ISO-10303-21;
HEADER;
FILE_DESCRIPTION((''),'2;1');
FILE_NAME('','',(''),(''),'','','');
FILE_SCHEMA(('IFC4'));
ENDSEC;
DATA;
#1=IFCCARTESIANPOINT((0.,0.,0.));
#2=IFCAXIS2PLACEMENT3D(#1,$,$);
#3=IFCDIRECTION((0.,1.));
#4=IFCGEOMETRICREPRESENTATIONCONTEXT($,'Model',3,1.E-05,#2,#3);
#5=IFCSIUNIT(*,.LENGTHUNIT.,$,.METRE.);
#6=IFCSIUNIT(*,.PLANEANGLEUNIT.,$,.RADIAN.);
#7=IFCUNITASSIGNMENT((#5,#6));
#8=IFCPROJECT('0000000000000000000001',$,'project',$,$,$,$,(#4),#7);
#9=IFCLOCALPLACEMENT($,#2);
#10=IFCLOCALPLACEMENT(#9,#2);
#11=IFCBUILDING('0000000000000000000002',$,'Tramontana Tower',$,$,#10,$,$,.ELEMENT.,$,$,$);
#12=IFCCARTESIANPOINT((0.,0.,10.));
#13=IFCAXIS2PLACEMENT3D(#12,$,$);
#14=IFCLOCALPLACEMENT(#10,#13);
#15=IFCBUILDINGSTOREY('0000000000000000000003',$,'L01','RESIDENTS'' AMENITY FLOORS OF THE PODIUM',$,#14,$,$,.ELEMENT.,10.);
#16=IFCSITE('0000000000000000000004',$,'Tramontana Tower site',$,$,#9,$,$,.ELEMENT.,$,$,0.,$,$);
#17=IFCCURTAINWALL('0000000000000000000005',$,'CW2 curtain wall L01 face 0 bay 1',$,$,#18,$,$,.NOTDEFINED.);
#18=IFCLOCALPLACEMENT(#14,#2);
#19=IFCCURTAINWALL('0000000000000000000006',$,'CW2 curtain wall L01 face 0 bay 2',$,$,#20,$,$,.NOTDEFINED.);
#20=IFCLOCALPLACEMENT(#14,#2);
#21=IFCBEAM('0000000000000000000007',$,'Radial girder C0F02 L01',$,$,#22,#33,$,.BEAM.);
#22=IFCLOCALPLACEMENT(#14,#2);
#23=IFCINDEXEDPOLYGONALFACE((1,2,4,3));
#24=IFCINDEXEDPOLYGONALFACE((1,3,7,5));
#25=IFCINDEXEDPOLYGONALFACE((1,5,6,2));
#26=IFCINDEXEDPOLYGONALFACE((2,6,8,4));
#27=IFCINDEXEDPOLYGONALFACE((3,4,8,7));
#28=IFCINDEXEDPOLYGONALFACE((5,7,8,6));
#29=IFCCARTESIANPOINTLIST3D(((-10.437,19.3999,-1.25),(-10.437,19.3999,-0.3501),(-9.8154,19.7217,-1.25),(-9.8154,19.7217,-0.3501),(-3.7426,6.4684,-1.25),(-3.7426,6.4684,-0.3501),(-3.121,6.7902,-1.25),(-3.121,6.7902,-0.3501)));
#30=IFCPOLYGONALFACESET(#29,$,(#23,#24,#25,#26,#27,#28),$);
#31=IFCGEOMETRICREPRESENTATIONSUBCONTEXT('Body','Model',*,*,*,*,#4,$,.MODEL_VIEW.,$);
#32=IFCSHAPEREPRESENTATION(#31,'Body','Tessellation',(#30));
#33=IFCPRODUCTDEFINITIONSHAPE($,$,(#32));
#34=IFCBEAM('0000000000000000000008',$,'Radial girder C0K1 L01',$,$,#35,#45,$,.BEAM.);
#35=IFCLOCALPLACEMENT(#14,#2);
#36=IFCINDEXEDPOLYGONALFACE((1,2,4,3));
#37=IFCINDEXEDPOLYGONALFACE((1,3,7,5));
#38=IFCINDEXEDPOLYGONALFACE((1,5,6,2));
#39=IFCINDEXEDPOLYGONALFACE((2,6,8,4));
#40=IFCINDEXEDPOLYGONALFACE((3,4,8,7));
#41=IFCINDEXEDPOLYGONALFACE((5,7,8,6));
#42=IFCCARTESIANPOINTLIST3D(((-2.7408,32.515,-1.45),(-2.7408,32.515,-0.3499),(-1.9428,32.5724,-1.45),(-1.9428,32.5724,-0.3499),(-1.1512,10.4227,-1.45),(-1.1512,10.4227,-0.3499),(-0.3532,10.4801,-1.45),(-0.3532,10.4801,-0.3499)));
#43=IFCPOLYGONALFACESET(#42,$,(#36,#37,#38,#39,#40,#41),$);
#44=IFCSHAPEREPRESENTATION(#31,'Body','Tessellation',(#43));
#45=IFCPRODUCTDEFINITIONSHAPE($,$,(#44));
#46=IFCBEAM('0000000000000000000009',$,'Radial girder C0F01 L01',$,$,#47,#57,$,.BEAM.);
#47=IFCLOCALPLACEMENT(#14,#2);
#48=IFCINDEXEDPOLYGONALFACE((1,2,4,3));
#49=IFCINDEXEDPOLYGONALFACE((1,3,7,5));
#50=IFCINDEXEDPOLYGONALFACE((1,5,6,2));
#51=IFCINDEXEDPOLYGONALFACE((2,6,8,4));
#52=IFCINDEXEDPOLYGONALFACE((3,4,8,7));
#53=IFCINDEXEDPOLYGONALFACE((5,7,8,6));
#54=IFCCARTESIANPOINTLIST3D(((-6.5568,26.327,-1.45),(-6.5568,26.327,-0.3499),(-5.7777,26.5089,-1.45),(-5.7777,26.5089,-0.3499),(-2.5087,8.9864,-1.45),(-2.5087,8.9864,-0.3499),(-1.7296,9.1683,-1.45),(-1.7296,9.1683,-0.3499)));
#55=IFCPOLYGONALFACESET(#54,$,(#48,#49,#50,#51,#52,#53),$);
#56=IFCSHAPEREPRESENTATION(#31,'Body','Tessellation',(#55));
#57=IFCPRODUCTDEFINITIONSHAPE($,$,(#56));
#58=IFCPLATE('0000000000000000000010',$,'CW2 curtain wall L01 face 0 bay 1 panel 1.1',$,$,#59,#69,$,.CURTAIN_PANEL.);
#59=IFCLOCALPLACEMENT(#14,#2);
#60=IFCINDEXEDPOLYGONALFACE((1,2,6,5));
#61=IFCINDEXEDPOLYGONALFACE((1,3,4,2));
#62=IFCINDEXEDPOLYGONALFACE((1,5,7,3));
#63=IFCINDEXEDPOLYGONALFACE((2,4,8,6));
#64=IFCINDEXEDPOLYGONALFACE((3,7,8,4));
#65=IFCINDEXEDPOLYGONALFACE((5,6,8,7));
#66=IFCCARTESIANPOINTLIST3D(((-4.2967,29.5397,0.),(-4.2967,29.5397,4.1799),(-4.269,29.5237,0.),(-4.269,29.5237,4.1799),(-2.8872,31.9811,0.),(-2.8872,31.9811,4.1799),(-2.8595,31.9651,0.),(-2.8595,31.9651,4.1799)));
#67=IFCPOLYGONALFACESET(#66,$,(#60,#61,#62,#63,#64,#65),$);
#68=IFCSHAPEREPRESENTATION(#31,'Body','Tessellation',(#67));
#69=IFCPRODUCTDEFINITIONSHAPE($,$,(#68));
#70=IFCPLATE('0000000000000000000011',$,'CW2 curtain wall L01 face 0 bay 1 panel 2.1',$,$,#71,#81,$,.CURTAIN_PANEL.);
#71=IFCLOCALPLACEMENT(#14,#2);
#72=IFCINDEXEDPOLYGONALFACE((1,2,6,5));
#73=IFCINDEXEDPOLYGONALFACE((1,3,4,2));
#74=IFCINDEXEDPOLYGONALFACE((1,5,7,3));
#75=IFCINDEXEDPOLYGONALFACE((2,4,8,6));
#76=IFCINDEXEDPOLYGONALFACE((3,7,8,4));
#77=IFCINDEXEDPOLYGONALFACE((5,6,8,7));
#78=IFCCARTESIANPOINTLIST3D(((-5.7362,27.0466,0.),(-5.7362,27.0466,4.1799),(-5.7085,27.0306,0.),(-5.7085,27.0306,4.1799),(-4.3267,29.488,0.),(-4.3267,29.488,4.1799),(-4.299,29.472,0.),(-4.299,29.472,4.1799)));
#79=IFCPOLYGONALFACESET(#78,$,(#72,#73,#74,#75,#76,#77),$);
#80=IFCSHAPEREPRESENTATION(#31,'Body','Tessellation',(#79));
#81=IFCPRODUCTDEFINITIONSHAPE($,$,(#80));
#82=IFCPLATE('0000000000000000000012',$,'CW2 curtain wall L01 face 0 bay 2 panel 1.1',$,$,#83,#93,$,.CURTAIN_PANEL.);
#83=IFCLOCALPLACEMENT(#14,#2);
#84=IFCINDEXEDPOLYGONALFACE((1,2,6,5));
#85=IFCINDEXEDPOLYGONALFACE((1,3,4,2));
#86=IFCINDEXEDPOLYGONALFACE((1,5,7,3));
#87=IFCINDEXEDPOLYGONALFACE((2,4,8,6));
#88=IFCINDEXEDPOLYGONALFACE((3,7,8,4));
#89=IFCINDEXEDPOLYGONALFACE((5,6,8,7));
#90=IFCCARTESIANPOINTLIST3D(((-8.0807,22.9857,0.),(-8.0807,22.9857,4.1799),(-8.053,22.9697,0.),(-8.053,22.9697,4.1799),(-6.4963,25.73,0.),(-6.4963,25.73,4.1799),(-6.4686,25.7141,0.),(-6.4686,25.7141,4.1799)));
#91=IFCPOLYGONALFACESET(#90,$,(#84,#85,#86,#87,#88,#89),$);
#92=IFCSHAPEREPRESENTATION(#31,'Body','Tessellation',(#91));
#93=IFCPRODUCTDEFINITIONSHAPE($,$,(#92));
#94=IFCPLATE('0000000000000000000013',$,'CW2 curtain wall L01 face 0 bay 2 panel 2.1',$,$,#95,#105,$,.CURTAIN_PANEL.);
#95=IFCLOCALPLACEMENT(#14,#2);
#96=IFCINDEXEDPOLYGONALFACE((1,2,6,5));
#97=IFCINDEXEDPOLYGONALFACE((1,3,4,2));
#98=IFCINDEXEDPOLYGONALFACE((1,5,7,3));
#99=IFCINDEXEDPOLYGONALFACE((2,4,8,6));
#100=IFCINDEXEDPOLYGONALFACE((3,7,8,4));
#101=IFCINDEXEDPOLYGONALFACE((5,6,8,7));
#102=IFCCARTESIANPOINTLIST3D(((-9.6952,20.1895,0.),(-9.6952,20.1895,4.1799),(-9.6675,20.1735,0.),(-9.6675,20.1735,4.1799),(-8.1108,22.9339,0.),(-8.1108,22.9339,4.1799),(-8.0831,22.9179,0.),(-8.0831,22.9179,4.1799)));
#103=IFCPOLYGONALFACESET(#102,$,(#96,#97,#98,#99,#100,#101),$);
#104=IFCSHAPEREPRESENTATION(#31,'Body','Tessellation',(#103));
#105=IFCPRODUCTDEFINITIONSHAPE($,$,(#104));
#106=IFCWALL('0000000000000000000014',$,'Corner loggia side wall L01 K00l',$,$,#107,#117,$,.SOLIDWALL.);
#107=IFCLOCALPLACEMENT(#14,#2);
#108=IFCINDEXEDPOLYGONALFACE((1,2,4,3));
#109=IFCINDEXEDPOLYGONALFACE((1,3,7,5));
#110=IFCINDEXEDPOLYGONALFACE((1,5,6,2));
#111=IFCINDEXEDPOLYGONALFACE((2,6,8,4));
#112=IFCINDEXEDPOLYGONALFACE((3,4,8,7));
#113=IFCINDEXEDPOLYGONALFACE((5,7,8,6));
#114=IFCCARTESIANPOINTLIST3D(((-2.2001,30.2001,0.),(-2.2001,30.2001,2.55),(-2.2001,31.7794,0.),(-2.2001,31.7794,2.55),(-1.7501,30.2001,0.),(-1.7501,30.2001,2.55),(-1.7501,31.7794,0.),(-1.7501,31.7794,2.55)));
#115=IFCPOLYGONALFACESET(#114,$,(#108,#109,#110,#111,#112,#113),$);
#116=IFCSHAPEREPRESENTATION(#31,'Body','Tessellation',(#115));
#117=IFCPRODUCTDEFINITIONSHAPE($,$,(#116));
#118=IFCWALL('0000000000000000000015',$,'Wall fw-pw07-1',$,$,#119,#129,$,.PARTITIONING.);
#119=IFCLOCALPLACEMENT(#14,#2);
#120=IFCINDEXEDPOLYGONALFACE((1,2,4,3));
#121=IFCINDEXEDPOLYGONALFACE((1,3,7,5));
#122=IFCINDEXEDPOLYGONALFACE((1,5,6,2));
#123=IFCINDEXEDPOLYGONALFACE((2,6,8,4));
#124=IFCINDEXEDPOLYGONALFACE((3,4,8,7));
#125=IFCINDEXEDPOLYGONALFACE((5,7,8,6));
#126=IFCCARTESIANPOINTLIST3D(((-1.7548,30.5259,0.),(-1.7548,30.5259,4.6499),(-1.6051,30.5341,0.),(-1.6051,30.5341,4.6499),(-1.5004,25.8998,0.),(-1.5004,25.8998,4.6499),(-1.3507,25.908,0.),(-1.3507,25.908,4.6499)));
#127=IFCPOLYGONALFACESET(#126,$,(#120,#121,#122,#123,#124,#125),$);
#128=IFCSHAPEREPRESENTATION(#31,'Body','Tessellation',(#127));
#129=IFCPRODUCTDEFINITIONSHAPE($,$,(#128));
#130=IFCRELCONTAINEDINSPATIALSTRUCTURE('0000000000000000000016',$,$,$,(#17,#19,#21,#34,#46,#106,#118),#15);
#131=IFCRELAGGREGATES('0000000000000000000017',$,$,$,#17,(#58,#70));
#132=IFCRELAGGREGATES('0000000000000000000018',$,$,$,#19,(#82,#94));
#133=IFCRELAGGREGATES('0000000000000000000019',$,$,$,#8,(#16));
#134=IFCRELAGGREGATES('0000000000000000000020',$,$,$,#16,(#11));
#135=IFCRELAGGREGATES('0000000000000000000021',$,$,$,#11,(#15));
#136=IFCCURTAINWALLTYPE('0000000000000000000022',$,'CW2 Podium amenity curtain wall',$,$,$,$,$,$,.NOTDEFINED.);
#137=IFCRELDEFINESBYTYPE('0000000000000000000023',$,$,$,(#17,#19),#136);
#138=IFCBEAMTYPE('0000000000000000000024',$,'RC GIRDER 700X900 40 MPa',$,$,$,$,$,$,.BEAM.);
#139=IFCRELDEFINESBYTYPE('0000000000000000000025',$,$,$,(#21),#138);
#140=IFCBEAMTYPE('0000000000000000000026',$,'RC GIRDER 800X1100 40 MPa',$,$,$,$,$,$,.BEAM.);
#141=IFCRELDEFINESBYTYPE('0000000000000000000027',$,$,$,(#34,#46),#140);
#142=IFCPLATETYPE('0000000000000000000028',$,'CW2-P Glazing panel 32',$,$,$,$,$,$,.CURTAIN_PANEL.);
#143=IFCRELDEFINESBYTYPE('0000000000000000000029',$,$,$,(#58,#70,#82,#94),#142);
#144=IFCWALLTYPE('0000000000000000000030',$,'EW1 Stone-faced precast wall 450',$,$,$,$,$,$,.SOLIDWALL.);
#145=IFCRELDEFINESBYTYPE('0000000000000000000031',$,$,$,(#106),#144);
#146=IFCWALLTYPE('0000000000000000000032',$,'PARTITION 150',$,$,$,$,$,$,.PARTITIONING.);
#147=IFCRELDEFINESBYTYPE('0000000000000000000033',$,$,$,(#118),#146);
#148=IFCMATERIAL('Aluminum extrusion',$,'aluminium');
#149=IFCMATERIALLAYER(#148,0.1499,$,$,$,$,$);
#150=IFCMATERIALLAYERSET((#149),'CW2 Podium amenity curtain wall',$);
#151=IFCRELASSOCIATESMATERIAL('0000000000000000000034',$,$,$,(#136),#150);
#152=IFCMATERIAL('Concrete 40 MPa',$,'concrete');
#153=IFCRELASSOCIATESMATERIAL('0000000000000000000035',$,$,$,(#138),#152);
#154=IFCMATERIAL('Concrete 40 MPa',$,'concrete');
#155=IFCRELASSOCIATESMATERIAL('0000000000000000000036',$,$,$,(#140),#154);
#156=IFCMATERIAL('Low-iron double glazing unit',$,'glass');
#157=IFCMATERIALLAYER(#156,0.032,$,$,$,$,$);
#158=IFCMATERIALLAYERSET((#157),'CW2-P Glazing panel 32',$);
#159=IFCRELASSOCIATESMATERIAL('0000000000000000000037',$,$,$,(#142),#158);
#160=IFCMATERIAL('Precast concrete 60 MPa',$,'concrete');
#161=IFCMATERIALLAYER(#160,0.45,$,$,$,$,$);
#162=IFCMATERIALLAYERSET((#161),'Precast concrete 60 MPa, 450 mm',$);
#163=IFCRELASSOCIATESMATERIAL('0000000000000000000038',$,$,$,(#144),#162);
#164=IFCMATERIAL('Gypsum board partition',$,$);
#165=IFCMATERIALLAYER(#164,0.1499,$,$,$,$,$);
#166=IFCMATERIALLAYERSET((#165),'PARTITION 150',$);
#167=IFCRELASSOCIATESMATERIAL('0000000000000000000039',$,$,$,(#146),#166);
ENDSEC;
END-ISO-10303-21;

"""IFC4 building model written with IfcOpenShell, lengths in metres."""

from ifc_helpers import new_model, si_unit, direction, frame, frame_2d, origin, origin_2d, place, context, subcontext, project, spatial, rectangle, extrude, material, layer, layer_set, material_profile, profile_set, type_object, element, aggregate, save


model = new_model("IFC4")

# Units and contexts
model_context = context("Model", 3, precision=1e-05, world=origin(), true_north=direction((0.0, 1.0)))
body_context = subcontext(model_context, "Body", "Model", "MODEL_VIEW")
ifc_project = project(units=[si_unit("LENGTHUNIT", "METRE"), si_unit("PLANEANGLEUNIT", "RADIAN")], contexts=[model_context])

# Site, building, storey
site_placement = place(None, origin())
site = spatial("IfcSite", under=ifc_project, at=site_placement, Name="Tramontana Tower site", CompositionType="ELEMENT", RefElevation=0.0)
building_placement = place(site_placement, origin())
building = spatial("IfcBuilding", under=site, at=building_placement, Name="Tramontana Tower", CompositionType="ELEMENT")
storey_placement = place(building_placement, frame((0.0, 0.0, 10.0)))
storey = spatial("IfcBuildingStorey", under=building, at=storey_placement, Name="L01", Description="RESIDENTS' AMENITY FLOORS OF THE PODIUM", CompositionType="ELEMENT", Elevation=10.0)

# Curtain walls
ifc_material_1 = material(Name="Aluminum extrusion", Category="aluminium")
ifc_layer_1 = layer(ifc_material_1, 0.1499)
ifc_layer_set_1 = layer_set([ifc_layer_1], Name="CW2 Podium amenity curtain wall")
curtain_wall_type = type_object("IfcCurtainWallType", Name="CW2 Podium amenity curtain wall", PredefinedType="NOTDEFINED", material=ifc_layer_set_1)
curtain_wall_1_placement = place(storey_placement, origin())
curtain_wall_1 = element("IfcCurtainWall", 1, at=curtain_wall_1_placement, inside=storey, type_object=curtain_wall_type, Name="CW2 curtain wall L01 face 0 bay 1", PredefinedType="NOTDEFINED")
curtain_wall_2_placement = place(storey_placement, origin())
curtain_wall_2 = element("IfcCurtainWall", 2, at=curtain_wall_2_placement, inside=storey, type_object=curtain_wall_type, Name="CW2 curtain wall L01 face 0 bay 2", PredefinedType="NOTDEFINED")

# Beams
ifc_material_2 = material(Name="Concrete 40 MPa", Category="concrete")
ifc_material_profile_1 = material_profile(ifc_material_2, rectangle(XDim=0.7, YDim=0.8999, at=origin_2d()), Name="RC GIRDER 700X900 40 MPa")
ifc_profile_set_1 = profile_set([ifc_material_profile_1], Name="Concrete 40 MPa")
beam_type_1 = type_object("IfcBeamType", Name="RC GIRDER 700X900 40 MPa", PredefinedType="BEAM", material=ifc_profile_set_1)
beam_1_placement = place(storey_placement, frame((-10.1262, 19.5608, -0.8), z_axis=(0.459731, -0.888058, 0.0), x_axis=(0.888058, 0.459731, 0.0)))
element("IfcBeam", 3, at=beam_1_placement, inside=storey, type_object=beam_type_1, Name="Radial girder C0F02 L01", PredefinedType="BEAM", context=body_context, shape_type="SweptSolid", body=[
    extrude(rectangle(XDim=0.7, YDim=0.8999, at=origin_2d()), origin(), (0.0, 0.0, 1.0), 14.5615),
])
ifc_material_3 = material(Name="Concrete 40 MPa", Category="concrete")
ifc_material_profile_2 = material_profile(ifc_material_3, rectangle(XDim=0.8, YDim=1.1001, at=origin_2d()), Name="RC GIRDER 800X1100 40 MPa")
ifc_profile_set_2 = profile_set([ifc_material_profile_2], Name="Concrete 40 MPa")
beam_type_2 = type_object("IfcBeamType", Name="RC GIRDER 800X1100 40 MPa", PredefinedType="BEAM", material=ifc_profile_set_2)
beam_2_placement = place(storey_placement, frame((-2.3418, 32.5437, -0.8999), z_axis=(0.071767, -0.997421, 0.0), x_axis=(0.997421, 0.071767, 0.0)))
element("IfcBeam", 4, at=beam_2_placement, inside=storey, type_object=beam_type_2, Name="Radial girder C0K1 L01", PredefinedType="BEAM", context=body_context, shape_type="SweptSolid", body=[
    extrude(rectangle(XDim=0.8, YDim=1.1001, at=origin_2d()), origin(), (0.0, 0.0, 1.0), 22.1494),
])
beam_3_placement = place(storey_placement, frame((-6.1672, 26.418, -0.8999), z_axis=(0.227334, -0.973817, 0.0), x_axis=(0.973817, 0.227334, 0.0)))
element("IfcBeam", 5, at=beam_3_placement, inside=storey, type_object=beam_type_2, Name="Radial girder C0F01 L01", PredefinedType="BEAM", context=body_context, shape_type="SweptSolid", body=[
    extrude(rectangle(XDim=0.8, YDim=1.1001, at=origin_2d()), origin(), (0.0, 0.0, 1.0), 17.8069),
])

# Plates
ifc_material_4 = material(Name="Low-iron double glazing unit", Category="glass")
ifc_layer_2 = layer(ifc_material_4, 0.032)
ifc_layer_set_2 = layer_set([ifc_layer_2], Name="CW2-P Glazing panel 32")
plate_type = type_object("IfcPlateType", Name="CW2-P Glazing panel 32", PredefinedType="CURTAIN_PANEL", material=ifc_layer_set_2)
plate_1_placement = place(storey_placement, frame((-3.5781, 30.7524, 0.0), z_axis=(0.0, 0.0, 1.0), x_axis=(-0.5, -0.866025, 0.0)))
plate_1 = element("IfcPlate", 6, at=plate_1_placement, type_object=plate_type, Name="CW2 curtain wall L01 face 0 bay 1 panel 1.1", PredefinedType="CURTAIN_PANEL", context=body_context, shape_type="SweptSolid", body=[
    extrude(rectangle(XDim=2.8191, YDim=0.032, at=origin_2d()), origin(), (0.0, 0.0, 1.0), 4.1799),
])
plate_2_placement = place(storey_placement, frame((-5.0176, 28.2593, 0.0), z_axis=(0.0, 0.0, 1.0), x_axis=(-0.5, -0.866025, 0.0)))
plate_2 = element("IfcPlate", 7, at=plate_2_placement, type_object=plate_type, Name="CW2 curtain wall L01 face 0 bay 1 panel 2.1", PredefinedType="CURTAIN_PANEL", context=body_context, shape_type="SweptSolid", body=[
    extrude(rectangle(XDim=2.8191, YDim=0.032, at=origin_2d()), origin(), (0.0, 0.0, 1.0), 4.1799),
])
aggregate(curtain_wall_1, [plate_1, plate_2])
plate_3_placement = place(storey_placement, frame((-7.2747, 24.3499, 0.0), z_axis=(0.0, 0.0, 1.0), x_axis=(-0.5, -0.866025, 0.0)))
plate_3 = element("IfcPlate", 8, at=plate_3_placement, type_object=plate_type, Name="CW2 curtain wall L01 face 0 bay 2 panel 1.1", PredefinedType="CURTAIN_PANEL", context=body_context, shape_type="SweptSolid", body=[
    extrude(rectangle(XDim=3.1689, YDim=0.032, at=origin_2d()), origin(), (0.0, 0.0, 1.0), 4.1799),
])
plate_4_placement = place(storey_placement, frame((-8.8892, 21.5537, 0.0), z_axis=(0.0, 0.0, 1.0), x_axis=(-0.5, -0.866025, 0.0)))
plate_4 = element("IfcPlate", 9, at=plate_4_placement, type_object=plate_type, Name="CW2 curtain wall L01 face 0 bay 2 panel 2.1", PredefinedType="CURTAIN_PANEL", context=body_context, shape_type="SweptSolid", body=[
    extrude(rectangle(XDim=3.1689, YDim=0.032, at=origin_2d()), origin(), (0.0, 0.0, 1.0), 4.1799),
])
aggregate(curtain_wall_2, [plate_3, plate_4])

# Wall
ifc_material_5 = material(Name="Precast concrete 60 MPa", Category="concrete")
ifc_layer_3 = layer(ifc_material_5, 0.45)
ifc_layer_set_3 = layer_set([ifc_layer_3], Name="Precast concrete 60 MPa, 450 mm")
wall_type_1 = type_object("IfcWallType", Name="EW1 Stone-faced precast wall 450", PredefinedType="SOLIDWALL", material=ifc_layer_set_3)
wall_1_placement = place(storey_placement, frame((-1.9751, 31.7793, 0.0), z_axis=(0.0, 0.0, 1.0), x_axis=(0.0, -1.0, 0.0)))
element("IfcWall", 10, at=wall_1_placement, inside=storey, type_object=wall_type_1, Name="Corner loggia side wall L01 K00l", PredefinedType="SOLIDWALL", context=body_context, shape_type="SweptSolid", body=[
    extrude(rectangle(XDim=1.5793, YDim=0.45, at=frame_2d((0.7896, 0.0))), origin(), (0.0, 0.0, 1.0), 2.55),
])

# Wall
ifc_material_6 = material(Name="Gypsum board partition")
ifc_layer_4 = layer(ifc_material_6, 0.1499)
ifc_layer_set_4 = layer_set([ifc_layer_4], Name="PARTITION 150")
wall_type_2 = type_object("IfcWallType", Name="PARTITION 150", PredefinedType="PARTITIONING", material=ifc_layer_set_4)
wall_2_placement = place(storey_placement, frame((-1.4255, 25.9041, 0.0), z_axis=(0.0, 0.0, 1.0), x_axis=(-0.05491, 0.998491, 0.0)))
element("IfcWall", 11, at=wall_2_placement, inside=storey, type_object=wall_type_2, Name="Wall fw-pw07-1", PredefinedType="PARTITIONING", context=body_context, shape_type="SweptSolid", body=[
    extrude(rectangle(XDim=4.6331, YDim=0.1499, at=frame_2d((2.3164, 0.0))), origin(), (0.0, 0.0, 1.0), 4.6499),
])

save(model, "model.ifc")
